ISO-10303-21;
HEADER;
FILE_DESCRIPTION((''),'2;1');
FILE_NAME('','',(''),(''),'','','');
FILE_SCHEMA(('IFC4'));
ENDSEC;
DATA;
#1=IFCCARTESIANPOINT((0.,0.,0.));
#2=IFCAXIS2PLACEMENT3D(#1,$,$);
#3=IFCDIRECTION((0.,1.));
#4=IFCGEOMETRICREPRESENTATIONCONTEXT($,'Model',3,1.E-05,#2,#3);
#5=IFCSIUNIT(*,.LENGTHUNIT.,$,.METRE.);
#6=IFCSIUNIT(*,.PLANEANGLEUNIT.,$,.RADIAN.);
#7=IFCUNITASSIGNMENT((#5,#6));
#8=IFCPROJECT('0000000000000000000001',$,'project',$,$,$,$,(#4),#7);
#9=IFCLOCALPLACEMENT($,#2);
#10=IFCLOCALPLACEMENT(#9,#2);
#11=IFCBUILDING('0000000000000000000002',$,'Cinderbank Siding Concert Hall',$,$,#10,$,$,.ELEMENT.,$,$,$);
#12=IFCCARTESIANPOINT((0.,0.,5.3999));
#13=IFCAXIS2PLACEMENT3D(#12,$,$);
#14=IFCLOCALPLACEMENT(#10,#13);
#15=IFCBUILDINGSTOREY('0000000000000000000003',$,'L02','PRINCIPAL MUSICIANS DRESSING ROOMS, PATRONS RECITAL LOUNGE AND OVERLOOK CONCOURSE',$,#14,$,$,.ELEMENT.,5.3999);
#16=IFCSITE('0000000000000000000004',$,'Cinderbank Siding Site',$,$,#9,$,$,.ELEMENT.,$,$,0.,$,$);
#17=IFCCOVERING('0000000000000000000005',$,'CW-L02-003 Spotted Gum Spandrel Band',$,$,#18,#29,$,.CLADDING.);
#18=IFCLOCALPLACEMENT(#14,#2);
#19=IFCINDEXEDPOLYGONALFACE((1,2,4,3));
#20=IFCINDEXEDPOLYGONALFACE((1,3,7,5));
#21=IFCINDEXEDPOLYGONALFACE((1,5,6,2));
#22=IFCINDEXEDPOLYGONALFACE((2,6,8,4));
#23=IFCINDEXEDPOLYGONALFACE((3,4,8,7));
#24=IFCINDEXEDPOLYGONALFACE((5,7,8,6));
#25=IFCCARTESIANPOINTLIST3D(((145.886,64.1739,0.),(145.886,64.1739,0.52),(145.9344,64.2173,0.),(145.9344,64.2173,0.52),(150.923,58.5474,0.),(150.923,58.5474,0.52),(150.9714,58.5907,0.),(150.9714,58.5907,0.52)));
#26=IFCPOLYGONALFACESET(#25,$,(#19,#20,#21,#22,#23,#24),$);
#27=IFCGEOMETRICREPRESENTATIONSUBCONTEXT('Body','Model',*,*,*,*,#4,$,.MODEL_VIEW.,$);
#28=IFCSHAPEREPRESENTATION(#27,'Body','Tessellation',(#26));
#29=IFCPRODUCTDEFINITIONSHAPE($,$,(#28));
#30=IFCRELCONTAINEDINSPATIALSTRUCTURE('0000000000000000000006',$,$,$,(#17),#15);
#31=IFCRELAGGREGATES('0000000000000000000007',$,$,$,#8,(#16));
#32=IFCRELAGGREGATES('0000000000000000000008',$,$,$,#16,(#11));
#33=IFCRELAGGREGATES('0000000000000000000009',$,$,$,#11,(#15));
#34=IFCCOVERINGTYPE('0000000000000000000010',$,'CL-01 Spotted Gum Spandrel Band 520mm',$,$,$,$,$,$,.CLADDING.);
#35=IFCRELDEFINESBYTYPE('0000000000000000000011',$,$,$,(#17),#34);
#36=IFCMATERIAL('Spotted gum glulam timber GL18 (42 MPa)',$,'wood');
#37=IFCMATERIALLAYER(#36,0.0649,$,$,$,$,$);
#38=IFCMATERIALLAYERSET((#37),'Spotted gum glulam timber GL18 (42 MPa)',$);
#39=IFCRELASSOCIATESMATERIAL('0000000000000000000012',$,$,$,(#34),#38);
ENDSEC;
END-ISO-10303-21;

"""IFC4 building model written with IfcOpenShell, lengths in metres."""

from ifc_helpers import new_model, si_unit, direction, frame, origin, origin_2d, place, context, subcontext, project, spatial, rectangle, extrude, material, layer, layer_set, type_object, element, save


model = new_model("IFC4")

# Units and contexts
model_context = context("Model", 3, precision=1e-05, world=origin(), true_north=direction((0.0, 1.0)))
body_context = subcontext(model_context, "Body", "Model", "MODEL_VIEW")
ifc_project = project(units=[si_unit("LENGTHUNIT", "METRE"), si_unit("PLANEANGLEUNIT", "RADIAN")], contexts=[model_context])

# Site, building, storey
site_placement = place(None, origin())
site = spatial("IfcSite", under=ifc_project, at=site_placement, Name="Cinderbank Siding Site", CompositionType="ELEMENT", RefElevation=0.0)
building_placement = place(site_placement, origin())
building = spatial("IfcBuilding", under=site, at=building_placement, Name="Cinderbank Siding Concert Hall", CompositionType="ELEMENT")
storey_placement = place(building_placement, frame((0.0, 0.0, 5.3999)))
storey = spatial("IfcBuildingStorey", under=building, at=storey_placement, Name="L02", Description="PRINCIPAL MUSICIANS DRESSING ROOMS, PATRONS RECITAL LOUNGE AND OVERLOOK CONCOURSE", CompositionType="ELEMENT", Elevation=5.3999)

# Shared definitions
ifc_material_1 = material(Name="Spotted gum glulam timber GL18 (42 MPa)", Category="wood")

# Covering
ifc_layer_1 = layer(ifc_material_1, 0.0649)
ifc_layer_set_1 = layer_set([ifc_layer_1], Name="Spotted gum glulam timber GL18 (42 MPa)")
covering_type = type_object("IfcCoveringType", Name="CL-01 Spotted Gum Spandrel Band 520mm", PredefinedType="CLADDING", material=ifc_layer_set_1)
covering_placement = place(storey_placement, frame((148.4287, 61.3823, 0.0), z_axis=(0.0, 0.0, 1.0), x_axis=(-0.666993, 0.745064, 0.0)))
element("IfcCovering", 1, at=covering_placement, inside=storey, type_object=covering_type, Name="CW-L02-003 Spotted Gum Spandrel Band", PredefinedType="CLADDING", context=body_context, shape_type="SweptSolid", body=[
    extrude(rectangle(XDim=7.5518, YDim=0.0649, at=origin_2d()), origin(), (0.0, 0.0, 1.0), 0.52),
])

save(model, "model.ifc")
